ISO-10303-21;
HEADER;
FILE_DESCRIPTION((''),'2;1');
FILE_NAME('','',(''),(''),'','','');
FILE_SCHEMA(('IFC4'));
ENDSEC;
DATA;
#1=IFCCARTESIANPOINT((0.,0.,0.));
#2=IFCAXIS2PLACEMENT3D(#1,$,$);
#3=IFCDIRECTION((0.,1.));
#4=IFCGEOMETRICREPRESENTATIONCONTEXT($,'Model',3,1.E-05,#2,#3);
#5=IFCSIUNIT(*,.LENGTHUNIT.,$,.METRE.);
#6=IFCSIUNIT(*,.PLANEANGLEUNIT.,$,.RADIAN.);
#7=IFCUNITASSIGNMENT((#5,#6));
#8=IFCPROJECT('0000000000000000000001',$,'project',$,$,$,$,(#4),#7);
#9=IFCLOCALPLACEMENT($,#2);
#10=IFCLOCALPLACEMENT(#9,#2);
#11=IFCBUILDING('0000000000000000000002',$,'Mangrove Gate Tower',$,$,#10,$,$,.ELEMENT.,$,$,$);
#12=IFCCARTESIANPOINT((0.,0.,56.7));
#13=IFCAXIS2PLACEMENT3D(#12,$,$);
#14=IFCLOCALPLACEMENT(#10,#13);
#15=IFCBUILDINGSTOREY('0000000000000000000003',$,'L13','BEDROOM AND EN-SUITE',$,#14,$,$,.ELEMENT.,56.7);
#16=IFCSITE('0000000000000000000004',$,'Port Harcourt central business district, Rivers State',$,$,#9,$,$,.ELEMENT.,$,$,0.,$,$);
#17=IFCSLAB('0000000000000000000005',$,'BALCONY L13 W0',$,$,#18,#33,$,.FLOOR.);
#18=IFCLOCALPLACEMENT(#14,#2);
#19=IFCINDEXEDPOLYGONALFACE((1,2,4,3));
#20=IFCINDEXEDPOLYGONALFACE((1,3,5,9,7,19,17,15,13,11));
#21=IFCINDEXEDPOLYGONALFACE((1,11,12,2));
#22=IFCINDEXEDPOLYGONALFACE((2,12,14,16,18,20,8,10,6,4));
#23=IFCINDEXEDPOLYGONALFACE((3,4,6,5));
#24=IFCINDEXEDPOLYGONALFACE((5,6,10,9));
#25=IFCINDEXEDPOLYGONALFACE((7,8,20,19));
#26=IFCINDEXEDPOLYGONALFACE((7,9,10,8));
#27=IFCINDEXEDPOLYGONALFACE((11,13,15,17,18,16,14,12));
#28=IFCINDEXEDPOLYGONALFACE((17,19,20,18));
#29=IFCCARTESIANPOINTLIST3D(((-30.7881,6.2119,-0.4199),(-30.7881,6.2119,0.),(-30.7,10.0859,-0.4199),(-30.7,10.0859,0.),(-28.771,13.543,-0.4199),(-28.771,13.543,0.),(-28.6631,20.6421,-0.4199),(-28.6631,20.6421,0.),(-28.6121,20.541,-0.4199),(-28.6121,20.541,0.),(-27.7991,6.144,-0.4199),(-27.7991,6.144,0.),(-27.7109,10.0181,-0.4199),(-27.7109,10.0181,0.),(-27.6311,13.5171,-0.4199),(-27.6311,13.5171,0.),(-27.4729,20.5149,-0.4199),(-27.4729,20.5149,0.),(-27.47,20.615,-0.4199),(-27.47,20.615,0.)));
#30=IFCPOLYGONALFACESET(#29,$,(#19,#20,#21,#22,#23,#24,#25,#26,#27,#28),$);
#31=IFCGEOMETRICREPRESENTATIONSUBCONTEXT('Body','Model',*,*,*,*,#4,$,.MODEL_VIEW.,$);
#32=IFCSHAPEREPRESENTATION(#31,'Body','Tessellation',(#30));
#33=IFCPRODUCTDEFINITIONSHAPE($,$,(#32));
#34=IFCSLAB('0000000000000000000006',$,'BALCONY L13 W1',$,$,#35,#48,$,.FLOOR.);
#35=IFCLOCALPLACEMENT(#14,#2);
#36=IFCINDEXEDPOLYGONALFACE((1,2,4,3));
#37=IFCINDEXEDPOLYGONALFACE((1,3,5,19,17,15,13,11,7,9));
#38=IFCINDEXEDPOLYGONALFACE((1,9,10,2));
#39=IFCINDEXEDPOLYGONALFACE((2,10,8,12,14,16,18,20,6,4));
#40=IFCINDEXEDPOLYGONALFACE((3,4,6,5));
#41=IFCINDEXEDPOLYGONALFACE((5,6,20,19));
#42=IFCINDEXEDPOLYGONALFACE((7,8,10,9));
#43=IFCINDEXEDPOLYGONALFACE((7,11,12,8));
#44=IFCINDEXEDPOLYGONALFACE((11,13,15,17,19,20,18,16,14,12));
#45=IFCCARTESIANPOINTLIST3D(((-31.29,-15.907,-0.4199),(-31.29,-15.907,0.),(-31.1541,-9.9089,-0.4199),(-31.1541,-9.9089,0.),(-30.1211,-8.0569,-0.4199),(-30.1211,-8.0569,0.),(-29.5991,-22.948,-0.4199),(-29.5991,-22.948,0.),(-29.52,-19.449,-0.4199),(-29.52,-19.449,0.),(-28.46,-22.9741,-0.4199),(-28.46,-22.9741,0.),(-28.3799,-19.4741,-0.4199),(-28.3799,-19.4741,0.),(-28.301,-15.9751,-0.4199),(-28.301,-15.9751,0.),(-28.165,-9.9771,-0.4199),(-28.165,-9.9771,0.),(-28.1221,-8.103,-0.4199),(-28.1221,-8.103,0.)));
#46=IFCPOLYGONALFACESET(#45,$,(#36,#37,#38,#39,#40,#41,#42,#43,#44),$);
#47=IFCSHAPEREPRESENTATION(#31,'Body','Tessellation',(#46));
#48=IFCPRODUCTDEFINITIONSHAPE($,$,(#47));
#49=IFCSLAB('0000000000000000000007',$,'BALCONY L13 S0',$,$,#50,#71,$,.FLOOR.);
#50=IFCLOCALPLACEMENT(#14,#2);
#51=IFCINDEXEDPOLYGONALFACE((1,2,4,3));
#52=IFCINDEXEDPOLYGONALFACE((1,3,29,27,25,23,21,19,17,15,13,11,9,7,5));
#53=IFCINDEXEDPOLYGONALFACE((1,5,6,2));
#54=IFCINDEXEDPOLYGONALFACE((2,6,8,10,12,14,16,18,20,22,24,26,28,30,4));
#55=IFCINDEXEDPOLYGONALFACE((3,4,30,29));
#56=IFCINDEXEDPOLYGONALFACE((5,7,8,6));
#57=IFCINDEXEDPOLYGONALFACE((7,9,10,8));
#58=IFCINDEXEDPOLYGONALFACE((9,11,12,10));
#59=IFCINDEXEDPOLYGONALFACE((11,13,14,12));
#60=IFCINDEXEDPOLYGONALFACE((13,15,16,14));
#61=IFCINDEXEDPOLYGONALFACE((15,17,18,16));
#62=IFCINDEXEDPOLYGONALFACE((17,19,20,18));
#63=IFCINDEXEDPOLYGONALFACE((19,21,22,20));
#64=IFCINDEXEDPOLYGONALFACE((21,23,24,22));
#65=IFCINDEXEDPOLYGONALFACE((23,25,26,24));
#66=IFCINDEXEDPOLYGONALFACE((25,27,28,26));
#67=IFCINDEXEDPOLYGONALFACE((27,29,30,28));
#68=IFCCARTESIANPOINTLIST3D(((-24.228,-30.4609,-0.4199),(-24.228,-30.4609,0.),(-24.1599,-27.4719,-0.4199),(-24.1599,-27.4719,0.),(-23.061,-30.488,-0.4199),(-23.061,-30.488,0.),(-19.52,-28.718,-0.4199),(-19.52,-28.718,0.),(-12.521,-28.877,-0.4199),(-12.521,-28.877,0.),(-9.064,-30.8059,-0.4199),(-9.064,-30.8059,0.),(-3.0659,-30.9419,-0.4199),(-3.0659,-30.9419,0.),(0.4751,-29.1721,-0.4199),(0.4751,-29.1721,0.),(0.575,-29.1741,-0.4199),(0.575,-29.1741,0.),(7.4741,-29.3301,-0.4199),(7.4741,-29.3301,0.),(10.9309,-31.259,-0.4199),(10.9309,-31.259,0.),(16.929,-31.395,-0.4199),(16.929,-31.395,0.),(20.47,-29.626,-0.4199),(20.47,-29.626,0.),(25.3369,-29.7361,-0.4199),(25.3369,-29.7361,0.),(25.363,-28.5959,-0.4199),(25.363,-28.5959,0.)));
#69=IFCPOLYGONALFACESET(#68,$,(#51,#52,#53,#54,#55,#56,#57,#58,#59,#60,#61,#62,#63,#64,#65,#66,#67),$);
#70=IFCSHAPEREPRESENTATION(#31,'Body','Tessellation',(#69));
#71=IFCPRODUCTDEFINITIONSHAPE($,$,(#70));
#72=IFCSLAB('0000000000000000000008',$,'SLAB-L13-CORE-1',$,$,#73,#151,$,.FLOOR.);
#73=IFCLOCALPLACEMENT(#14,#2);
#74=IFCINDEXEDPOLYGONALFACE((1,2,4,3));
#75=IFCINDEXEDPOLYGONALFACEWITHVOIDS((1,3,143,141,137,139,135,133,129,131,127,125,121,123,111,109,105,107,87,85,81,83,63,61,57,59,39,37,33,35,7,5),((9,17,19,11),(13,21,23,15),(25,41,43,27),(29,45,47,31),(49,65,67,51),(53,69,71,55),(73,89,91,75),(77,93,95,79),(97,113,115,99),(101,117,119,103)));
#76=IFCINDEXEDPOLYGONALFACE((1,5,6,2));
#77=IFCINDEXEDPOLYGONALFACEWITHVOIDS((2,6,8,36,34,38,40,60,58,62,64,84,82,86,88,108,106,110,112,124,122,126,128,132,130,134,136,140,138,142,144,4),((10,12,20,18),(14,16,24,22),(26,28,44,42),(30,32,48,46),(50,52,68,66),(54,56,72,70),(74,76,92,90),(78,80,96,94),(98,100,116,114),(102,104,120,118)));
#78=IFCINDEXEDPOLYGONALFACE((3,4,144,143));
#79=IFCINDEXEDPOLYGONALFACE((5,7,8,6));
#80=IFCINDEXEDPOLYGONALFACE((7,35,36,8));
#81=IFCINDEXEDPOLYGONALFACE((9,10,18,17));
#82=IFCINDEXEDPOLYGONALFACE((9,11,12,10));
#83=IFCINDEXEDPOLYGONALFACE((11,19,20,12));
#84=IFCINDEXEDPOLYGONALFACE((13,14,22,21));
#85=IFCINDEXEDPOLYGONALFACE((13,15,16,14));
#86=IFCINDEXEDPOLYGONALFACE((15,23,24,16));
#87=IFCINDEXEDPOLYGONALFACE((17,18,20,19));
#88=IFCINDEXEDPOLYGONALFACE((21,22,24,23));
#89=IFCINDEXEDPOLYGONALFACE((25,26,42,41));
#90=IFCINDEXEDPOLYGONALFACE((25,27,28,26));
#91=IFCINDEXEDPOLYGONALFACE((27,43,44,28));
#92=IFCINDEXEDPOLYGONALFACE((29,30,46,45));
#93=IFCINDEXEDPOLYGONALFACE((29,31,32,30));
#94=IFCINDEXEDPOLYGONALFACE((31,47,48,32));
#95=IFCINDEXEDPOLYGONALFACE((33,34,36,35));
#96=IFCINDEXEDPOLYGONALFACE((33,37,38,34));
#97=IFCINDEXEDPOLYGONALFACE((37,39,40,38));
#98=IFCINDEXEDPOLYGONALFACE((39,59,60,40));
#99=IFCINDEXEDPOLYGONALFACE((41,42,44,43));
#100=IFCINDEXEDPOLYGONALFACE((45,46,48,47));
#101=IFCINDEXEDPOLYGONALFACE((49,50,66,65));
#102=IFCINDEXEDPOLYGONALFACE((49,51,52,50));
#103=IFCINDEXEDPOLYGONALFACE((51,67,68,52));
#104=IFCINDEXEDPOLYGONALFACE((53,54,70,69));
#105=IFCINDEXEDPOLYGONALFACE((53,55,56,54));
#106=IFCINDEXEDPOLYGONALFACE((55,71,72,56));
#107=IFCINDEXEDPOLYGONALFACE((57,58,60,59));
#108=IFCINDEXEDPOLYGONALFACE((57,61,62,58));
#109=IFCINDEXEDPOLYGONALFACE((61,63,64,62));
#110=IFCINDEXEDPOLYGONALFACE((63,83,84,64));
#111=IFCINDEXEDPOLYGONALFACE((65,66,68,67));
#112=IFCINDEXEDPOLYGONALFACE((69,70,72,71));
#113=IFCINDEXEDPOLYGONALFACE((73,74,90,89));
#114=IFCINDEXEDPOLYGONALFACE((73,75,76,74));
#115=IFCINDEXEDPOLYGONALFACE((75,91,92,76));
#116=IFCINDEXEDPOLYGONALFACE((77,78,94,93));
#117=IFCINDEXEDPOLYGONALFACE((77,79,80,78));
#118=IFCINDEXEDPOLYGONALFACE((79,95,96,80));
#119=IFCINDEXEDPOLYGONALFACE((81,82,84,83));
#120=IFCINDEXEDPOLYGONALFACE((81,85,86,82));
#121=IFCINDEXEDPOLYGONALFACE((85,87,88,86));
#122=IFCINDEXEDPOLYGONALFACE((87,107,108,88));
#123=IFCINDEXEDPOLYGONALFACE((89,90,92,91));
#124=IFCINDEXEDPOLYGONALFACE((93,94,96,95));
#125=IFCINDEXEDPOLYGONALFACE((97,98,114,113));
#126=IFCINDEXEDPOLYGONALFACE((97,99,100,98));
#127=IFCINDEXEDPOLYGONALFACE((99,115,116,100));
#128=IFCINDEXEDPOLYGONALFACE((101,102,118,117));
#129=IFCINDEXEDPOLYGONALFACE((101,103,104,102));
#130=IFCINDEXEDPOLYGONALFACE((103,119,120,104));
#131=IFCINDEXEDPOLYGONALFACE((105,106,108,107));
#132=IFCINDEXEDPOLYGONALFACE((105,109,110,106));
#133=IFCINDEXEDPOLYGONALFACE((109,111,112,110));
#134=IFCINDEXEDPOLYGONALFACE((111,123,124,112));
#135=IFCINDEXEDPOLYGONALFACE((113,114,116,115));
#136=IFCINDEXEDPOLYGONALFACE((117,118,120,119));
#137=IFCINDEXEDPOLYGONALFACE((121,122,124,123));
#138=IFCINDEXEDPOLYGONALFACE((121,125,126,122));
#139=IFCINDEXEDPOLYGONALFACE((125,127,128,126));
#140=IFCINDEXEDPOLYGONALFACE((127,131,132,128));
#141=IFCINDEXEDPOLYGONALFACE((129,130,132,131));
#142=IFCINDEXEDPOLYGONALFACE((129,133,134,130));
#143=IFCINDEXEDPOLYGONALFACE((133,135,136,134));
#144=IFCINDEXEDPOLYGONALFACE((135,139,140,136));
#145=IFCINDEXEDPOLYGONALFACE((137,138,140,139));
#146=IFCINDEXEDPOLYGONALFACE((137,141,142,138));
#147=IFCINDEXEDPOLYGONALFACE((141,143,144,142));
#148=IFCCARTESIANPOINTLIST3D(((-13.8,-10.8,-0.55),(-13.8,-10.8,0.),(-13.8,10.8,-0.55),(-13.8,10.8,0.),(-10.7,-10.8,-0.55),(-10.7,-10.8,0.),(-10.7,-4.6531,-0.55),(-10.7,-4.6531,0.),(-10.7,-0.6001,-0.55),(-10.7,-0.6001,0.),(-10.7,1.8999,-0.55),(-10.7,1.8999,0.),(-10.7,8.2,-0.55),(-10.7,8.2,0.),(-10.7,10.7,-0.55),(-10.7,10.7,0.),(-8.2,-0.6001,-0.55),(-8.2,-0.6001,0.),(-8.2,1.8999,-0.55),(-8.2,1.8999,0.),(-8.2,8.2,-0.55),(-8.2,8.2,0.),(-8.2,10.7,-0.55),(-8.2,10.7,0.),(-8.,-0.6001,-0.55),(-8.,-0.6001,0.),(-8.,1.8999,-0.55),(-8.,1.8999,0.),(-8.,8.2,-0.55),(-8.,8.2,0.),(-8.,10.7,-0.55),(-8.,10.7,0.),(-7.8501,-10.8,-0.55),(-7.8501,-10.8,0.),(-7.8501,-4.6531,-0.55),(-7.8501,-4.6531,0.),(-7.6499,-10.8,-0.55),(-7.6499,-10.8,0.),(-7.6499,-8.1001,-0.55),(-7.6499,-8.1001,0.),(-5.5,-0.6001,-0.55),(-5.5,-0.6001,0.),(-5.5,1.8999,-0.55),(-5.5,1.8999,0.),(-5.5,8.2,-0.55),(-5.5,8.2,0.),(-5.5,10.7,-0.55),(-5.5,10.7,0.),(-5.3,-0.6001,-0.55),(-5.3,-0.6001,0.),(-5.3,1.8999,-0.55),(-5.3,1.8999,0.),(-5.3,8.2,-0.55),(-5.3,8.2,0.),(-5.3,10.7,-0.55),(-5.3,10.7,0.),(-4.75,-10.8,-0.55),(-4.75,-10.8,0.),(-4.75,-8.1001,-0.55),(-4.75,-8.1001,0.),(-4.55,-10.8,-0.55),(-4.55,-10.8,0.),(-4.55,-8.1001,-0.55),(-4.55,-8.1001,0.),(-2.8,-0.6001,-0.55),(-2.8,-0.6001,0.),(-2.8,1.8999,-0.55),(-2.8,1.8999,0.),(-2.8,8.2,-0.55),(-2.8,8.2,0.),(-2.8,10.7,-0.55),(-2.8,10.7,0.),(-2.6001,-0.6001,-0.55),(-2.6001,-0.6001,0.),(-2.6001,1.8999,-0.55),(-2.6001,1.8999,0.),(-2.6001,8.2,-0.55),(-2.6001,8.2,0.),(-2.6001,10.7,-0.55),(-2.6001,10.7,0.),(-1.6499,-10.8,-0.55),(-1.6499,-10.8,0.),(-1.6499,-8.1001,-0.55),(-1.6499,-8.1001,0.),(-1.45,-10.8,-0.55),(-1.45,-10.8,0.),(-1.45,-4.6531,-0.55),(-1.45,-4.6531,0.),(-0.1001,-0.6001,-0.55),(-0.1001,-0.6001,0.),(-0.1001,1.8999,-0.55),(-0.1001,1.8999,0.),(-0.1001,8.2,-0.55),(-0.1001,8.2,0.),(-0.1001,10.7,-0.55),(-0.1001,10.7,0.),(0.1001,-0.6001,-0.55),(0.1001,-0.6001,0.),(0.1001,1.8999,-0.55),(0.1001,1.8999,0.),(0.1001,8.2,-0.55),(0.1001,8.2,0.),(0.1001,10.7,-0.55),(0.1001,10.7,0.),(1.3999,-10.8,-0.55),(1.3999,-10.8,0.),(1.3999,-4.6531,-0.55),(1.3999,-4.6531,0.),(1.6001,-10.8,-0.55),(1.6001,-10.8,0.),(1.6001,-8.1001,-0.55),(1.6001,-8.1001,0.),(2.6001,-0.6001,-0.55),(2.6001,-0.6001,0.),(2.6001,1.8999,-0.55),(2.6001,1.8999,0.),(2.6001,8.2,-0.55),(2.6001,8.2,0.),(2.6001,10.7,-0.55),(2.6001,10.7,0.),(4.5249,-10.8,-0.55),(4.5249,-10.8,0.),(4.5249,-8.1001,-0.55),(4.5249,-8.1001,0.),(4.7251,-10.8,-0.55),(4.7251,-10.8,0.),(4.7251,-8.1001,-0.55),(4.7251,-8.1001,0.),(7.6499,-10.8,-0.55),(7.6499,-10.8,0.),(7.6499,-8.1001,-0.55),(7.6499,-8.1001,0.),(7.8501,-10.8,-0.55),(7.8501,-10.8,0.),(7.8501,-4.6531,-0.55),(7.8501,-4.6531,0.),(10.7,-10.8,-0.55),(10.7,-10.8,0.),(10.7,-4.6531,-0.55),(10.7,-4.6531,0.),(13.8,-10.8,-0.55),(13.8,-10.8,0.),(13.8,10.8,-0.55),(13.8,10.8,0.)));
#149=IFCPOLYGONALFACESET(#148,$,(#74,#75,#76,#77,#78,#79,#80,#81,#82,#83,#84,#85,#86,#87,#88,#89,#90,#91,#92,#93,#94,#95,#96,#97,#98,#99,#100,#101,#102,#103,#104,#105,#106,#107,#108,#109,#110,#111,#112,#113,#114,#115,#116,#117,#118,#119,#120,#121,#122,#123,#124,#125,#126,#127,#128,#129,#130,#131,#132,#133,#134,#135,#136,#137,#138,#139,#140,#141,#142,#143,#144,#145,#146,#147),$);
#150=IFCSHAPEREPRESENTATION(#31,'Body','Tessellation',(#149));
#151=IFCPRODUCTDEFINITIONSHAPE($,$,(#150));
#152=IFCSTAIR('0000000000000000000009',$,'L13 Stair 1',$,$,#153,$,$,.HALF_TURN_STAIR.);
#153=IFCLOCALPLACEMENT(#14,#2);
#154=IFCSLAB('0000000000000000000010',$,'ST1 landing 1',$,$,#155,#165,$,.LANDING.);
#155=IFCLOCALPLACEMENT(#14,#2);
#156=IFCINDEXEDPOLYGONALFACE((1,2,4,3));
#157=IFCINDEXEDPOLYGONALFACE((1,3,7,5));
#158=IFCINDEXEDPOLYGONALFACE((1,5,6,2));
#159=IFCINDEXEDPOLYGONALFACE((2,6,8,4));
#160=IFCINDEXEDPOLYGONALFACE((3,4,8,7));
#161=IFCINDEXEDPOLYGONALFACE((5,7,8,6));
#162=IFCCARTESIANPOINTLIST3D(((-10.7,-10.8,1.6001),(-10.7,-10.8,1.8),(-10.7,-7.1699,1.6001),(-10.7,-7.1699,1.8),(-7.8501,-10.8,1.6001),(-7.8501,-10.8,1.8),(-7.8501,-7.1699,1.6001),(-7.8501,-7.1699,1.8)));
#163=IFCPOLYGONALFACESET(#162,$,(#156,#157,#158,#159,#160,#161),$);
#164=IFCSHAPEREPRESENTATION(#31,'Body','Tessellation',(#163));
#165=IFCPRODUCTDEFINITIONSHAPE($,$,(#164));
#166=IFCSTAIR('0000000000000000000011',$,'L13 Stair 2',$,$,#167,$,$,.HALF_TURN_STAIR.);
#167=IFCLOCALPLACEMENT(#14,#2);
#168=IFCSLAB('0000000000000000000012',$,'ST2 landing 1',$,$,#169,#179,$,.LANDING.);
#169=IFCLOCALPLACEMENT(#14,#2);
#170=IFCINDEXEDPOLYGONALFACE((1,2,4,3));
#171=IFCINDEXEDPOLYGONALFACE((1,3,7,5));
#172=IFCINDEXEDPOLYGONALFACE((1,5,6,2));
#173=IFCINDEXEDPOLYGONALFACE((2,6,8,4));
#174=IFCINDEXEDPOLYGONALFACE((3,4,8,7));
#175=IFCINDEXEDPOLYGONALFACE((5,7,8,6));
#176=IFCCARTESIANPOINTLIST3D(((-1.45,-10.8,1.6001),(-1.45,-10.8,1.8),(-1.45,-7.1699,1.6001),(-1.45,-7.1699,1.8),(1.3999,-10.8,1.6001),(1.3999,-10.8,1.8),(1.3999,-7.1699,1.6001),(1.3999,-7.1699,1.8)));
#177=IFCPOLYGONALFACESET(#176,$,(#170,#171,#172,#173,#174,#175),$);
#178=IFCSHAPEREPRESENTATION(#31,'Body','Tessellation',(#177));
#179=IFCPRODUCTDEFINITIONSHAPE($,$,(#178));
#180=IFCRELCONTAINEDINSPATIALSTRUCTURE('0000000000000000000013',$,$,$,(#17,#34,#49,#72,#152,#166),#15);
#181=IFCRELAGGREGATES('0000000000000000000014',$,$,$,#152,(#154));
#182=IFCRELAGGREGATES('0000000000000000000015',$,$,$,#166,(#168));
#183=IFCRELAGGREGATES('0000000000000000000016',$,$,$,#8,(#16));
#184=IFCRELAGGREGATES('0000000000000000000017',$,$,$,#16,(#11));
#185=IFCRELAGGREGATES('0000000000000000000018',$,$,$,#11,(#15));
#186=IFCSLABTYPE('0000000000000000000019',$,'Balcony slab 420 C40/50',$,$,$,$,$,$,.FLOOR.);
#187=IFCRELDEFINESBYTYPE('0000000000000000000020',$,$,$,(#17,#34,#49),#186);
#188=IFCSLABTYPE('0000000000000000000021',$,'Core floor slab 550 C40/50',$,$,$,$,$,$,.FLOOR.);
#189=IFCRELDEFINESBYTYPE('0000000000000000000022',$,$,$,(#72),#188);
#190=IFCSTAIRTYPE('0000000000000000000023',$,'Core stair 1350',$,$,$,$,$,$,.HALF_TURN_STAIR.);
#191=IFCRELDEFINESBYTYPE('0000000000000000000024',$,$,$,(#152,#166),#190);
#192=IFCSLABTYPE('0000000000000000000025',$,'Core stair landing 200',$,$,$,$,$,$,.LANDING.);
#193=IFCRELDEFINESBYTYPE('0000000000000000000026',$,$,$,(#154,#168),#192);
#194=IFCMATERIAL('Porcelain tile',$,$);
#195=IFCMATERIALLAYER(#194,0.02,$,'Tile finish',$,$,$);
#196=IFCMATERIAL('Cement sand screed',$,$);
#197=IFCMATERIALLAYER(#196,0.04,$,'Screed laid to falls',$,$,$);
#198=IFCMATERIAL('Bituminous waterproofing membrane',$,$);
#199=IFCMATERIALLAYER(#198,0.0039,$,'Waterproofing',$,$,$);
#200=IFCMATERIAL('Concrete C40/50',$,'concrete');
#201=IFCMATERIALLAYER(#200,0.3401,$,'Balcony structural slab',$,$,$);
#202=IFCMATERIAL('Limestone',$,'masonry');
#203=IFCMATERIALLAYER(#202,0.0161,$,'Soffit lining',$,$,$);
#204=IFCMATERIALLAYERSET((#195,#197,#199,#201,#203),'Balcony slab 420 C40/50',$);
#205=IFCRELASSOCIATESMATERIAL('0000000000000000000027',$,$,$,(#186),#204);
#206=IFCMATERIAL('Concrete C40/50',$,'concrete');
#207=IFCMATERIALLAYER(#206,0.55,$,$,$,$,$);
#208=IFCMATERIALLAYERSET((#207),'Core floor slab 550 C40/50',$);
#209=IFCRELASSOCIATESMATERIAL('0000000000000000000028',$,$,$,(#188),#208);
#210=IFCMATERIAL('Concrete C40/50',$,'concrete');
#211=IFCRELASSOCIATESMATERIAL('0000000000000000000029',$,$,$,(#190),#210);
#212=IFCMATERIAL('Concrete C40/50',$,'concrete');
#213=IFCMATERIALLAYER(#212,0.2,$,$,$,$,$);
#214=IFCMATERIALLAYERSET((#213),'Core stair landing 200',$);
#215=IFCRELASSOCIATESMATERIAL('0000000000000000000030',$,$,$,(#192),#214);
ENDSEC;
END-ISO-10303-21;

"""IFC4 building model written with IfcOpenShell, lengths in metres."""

from ifc_helpers import new_model, si_unit, direction, frame, origin, place, context, subcontext, project, spatial, polyline, outline, extrude, material, layer, layer_set, type_object, element, aggregate, save


model = new_model("IFC4")

# Units and contexts
model_context = context("Model", 3, precision=1e-05, world=origin(), true_north=direction((0.0, 1.0)))
body_context = subcontext(model_context, "Body", "Model", "MODEL_VIEW")
ifc_project = project(units=[si_unit("LENGTHUNIT", "METRE"), si_unit("PLANEANGLEUNIT", "RADIAN")], contexts=[model_context])

# Site, building, storey
site_placement = place(None, origin())
site = spatial("IfcSite", under=ifc_project, at=site_placement, Name="Port Harcourt central business district, Rivers State", CompositionType="ELEMENT", RefElevation=0.0)
building_placement = place(site_placement, origin())
building = spatial("IfcBuilding", under=site, at=building_placement, Name="Mangrove Gate Tower", CompositionType="ELEMENT")
storey_placement = place(building_placement, frame((0.0, 0.0, 56.7)))
storey = spatial("IfcBuildingStorey", under=building, at=storey_placement, Name="L13", Description="BEDROOM AND EN-SUITE", CompositionType="ELEMENT", Elevation=56.7)

# Slabs
ifc_material_1 = material(Name="Porcelain tile")
ifc_layer_1 = layer(ifc_material_1, 0.02, Name="Tile finish")
ifc_material_2 = material(Name="Cement sand screed")
ifc_layer_2 = layer(ifc_material_2, 0.04, Name="Screed laid to falls")
ifc_material_3 = material(Name="Bituminous waterproofing membrane")
ifc_layer_3 = layer(ifc_material_3, 0.0039, Name="Waterproofing")
ifc_material_4 = material(Name="Concrete C40/50", Category="concrete")
ifc_layer_4 = layer(ifc_material_4, 0.3401, Name="Balcony structural slab")
ifc_material_5 = material(Name="Limestone", Category="masonry")
ifc_layer_5 = layer(ifc_material_5, 0.0161, Name="Soffit lining")
ifc_layer_set_1 = layer_set([ifc_layer_1, ifc_layer_2, ifc_layer_3, ifc_layer_4, ifc_layer_5], Name="Balcony slab 420 C40/50")
slab_type_1 = type_object("IfcSlabType", Name="Balcony slab 420 C40/50", PredefinedType="FLOOR", material=ifc_layer_set_1)
slab_1_placement = place(storey_placement, frame((0.0, 0.0, -0.4199)))
element("IfcSlab", 1, at=slab_1_placement, inside=storey, type_object=slab_type_1, Name="BALCONY L13 W0", PredefinedType="FLOOR", context=body_context, shape_type="SweptSolid", body=[
    extrude(outline(polyline([(-28.6631, 20.6421), (-28.6121, 20.541), (-28.771, 13.543), (-30.7, 10.0859), (-30.7881, 6.2119), (-27.7991, 6.144), (-27.7109, 10.0181), (-27.6311, 13.5171), (-27.4729, 20.5149), (-27.47, 20.615), (-28.6631, 20.6421)])), origin(), (0.0, 0.0, 1.0), 0.4199),
])
slab_2_placement = place(storey_placement, frame((0.0, 0.0, -0.4199)))
element("IfcSlab", 2, at=slab_2_placement, inside=storey, type_object=slab_type_1, Name="BALCONY L13 W1", PredefinedType="FLOOR", context=body_context, shape_type="SweptSolid", body=[
    extrude(outline(polyline([(-30.1211, -8.0569), (-31.1541, -9.9089), (-31.29, -15.907), (-29.52, -19.449), (-29.5991, -22.948), (-28.46, -22.9741), (-28.3799, -19.4741), (-28.301, -15.9751), (-28.165, -9.9771), (-28.1221, -8.103), (-30.1211, -8.0569)])), origin(), (0.0, 0.0, 1.0), 0.4199),
])
slab_3_placement = place(storey_placement, frame((0.0, 0.0, -0.4199)))
element("IfcSlab", 3, at=slab_3_placement, inside=storey, type_object=slab_type_1, Name="BALCONY L13 S0", PredefinedType="FLOOR", context=body_context, shape_type="SweptSolid", body=[
    extrude(outline(polyline([(-24.228, -30.4609), (-23.061, -30.488), (-19.52, -28.718), (-12.521, -28.877), (-9.064, -30.8059), (-3.0659, -30.9419), (0.4751, -29.1721), (0.575, -29.1741), (7.4741, -29.3301), (10.9309, -31.259), (16.929, -31.395), (20.47, -29.626), (25.3369, -29.7361), (25.363, -28.5959), (-24.1599, -27.4719), (-24.228, -30.4609)])), origin(), (0.0, 0.0, 1.0), 0.4199),
])
ifc_material_6 = material(Name="Concrete C40/50", Category="concrete")
ifc_layer_6 = layer(ifc_material_6, 0.55)
ifc_layer_set_2 = layer_set([ifc_layer_6], Name="Core floor slab 550 C40/50")
slab_type_2 = type_object("IfcSlabType", Name="Core floor slab 550 C40/50", PredefinedType="FLOOR", material=ifc_layer_set_2)
slab_4_placement = place(storey_placement, frame((0.0, 0.0, -0.55)))
element("IfcSlab", 4, at=slab_4_placement, inside=storey, type_object=slab_type_2, Name="SLAB-L13-CORE-1", PredefinedType="FLOOR", context=body_context, shape_type="SweptSolid", body=[
    extrude(outline(polyline([(-13.8, -10.8), (-13.8, 10.8), (13.8, 10.8), (13.8, -10.8), (10.7, -10.8), (10.7, -4.6531), (7.8501, -4.6531), (7.8501, -10.8), (7.6499, -10.8), (7.6499, -8.1001), (4.7251, -8.1001), (4.7251, -10.8), (4.5249, -10.8), (4.5249, -8.1001), (1.6001, -8.1001), (1.6001, -10.8), (1.3999, -10.8), (1.3999, -4.6531), (-1.45, -4.6531), (-1.45, -10.8), (-1.6499, -10.8), (-1.6499, -8.1001), (-4.55, -8.1001), (-4.55, -10.8), (-4.75, -10.8), (-4.75, -8.1001), (-7.6499, -8.1001), (-7.6499, -10.8), (-7.8501, -10.8), (-7.8501, -4.6531), (-10.7, -4.6531), (-10.7, -10.8), (-13.8, -10.8)]), holes=[polyline([(-8.2, -0.6001), (-8.2, 1.8999), (-10.7, 1.8999), (-10.7, -0.6001), (-8.2, -0.6001)]), polyline([(-5.5, -0.6001), (-5.5, 1.8999), (-8.0, 1.8999), (-8.0, -0.6001), (-5.5, -0.6001)]), polyline([(-2.8, -0.6001), (-2.8, 1.8999), (-5.3, 1.8999), (-5.3, -0.6001), (-2.8, -0.6001)]), polyline([(-8.2, 8.2), (-8.2, 10.7), (-10.7, 10.7), (-10.7, 8.2), (-8.2, 8.2)]), polyline([(-5.5, 8.2), (-5.5, 10.7), (-8.0, 10.7), (-8.0, 8.2), (-5.5, 8.2)]), polyline([(-2.8, 8.2), (-2.8, 10.7), (-5.3, 10.7), (-5.3, 8.2), (-2.8, 8.2)]), polyline([(-0.1001, -0.6001), (-0.1001, 1.8999), (-2.6001, 1.8999), (-2.6001, -0.6001), (-0.1001, -0.6001)]), polyline([(2.6001, -0.6001), (2.6001, 1.8999), (0.1001, 1.8999), (0.1001, -0.6001), (2.6001, -0.6001)]), polyline([(-2.6001, 8.2), (-0.1001, 8.2), (-0.1001, 10.7), (-2.6001, 10.7), (-2.6001, 8.2)]), polyline([(0.1001, 8.2), (2.6001, 8.2), (2.6001, 10.7), (0.1001, 10.7), (0.1001, 8.2)])]), origin(), (0.0, 0.0, 1.0), 0.55),
])

# Stairs, slabs
ifc_material_7 = material(Name="Concrete C40/50", Category="concrete")
stair_type = type_object("IfcStairType", Name="Core stair 1350", PredefinedType="HALF_TURN_STAIR", material=ifc_material_7)
stair_1_placement = place(storey_placement, origin())
stair_1 = element("IfcStair", 5, at=stair_1_placement, inside=storey, type_object=stair_type, Name="L13 Stair 1", PredefinedType="HALF_TURN_STAIR")
ifc_material_8 = material(Name="Concrete C40/50", Category="concrete")
ifc_layer_7 = layer(ifc_material_8, 0.2)
ifc_layer_set_3 = layer_set([ifc_layer_7], Name="Core stair landing 200")
slab_type_3 = type_object("IfcSlabType", Name="Core stair landing 200", PredefinedType="LANDING", material=ifc_layer_set_3)
slab_5_placement = place(storey_placement, frame((0.0, 0.0, 1.6001)))
slab_5 = element("IfcSlab", 6, at=slab_5_placement, type_object=slab_type_3, Name="ST1 landing 1", PredefinedType="LANDING", context=body_context, shape_type="SweptSolid", body=[
    extrude(outline(polyline([(-10.7, -7.1699), (-10.7, -10.8), (-7.8501, -10.8), (-7.8501, -7.1699), (-10.7, -7.1699)])), origin(), (0.0, 0.0, 1.0), 0.2),
])
aggregate(stair_1, [slab_5])
stair_2_placement = place(storey_placement, origin())
stair_2 = element("IfcStair", 7, at=stair_2_placement, inside=storey, type_object=stair_type, Name="L13 Stair 2", PredefinedType="HALF_TURN_STAIR")
slab_6_placement = place(storey_placement, frame((0.0, 0.0, 1.6001)))
slab_6 = element("IfcSlab", 8, at=slab_6_placement, type_object=slab_type_3, Name="ST2 landing 1", PredefinedType="LANDING", context=body_context, shape_type="SweptSolid", body=[
    extrude(outline(polyline([(-1.45, -7.1699), (-1.45, -10.8), (1.3999, -10.8), (1.3999, -7.1699), (-1.45, -7.1699)])), origin(), (0.0, 0.0, 1.0), 0.2),
])
aggregate(stair_2, [slab_6])

save(model, "model.ifc")
